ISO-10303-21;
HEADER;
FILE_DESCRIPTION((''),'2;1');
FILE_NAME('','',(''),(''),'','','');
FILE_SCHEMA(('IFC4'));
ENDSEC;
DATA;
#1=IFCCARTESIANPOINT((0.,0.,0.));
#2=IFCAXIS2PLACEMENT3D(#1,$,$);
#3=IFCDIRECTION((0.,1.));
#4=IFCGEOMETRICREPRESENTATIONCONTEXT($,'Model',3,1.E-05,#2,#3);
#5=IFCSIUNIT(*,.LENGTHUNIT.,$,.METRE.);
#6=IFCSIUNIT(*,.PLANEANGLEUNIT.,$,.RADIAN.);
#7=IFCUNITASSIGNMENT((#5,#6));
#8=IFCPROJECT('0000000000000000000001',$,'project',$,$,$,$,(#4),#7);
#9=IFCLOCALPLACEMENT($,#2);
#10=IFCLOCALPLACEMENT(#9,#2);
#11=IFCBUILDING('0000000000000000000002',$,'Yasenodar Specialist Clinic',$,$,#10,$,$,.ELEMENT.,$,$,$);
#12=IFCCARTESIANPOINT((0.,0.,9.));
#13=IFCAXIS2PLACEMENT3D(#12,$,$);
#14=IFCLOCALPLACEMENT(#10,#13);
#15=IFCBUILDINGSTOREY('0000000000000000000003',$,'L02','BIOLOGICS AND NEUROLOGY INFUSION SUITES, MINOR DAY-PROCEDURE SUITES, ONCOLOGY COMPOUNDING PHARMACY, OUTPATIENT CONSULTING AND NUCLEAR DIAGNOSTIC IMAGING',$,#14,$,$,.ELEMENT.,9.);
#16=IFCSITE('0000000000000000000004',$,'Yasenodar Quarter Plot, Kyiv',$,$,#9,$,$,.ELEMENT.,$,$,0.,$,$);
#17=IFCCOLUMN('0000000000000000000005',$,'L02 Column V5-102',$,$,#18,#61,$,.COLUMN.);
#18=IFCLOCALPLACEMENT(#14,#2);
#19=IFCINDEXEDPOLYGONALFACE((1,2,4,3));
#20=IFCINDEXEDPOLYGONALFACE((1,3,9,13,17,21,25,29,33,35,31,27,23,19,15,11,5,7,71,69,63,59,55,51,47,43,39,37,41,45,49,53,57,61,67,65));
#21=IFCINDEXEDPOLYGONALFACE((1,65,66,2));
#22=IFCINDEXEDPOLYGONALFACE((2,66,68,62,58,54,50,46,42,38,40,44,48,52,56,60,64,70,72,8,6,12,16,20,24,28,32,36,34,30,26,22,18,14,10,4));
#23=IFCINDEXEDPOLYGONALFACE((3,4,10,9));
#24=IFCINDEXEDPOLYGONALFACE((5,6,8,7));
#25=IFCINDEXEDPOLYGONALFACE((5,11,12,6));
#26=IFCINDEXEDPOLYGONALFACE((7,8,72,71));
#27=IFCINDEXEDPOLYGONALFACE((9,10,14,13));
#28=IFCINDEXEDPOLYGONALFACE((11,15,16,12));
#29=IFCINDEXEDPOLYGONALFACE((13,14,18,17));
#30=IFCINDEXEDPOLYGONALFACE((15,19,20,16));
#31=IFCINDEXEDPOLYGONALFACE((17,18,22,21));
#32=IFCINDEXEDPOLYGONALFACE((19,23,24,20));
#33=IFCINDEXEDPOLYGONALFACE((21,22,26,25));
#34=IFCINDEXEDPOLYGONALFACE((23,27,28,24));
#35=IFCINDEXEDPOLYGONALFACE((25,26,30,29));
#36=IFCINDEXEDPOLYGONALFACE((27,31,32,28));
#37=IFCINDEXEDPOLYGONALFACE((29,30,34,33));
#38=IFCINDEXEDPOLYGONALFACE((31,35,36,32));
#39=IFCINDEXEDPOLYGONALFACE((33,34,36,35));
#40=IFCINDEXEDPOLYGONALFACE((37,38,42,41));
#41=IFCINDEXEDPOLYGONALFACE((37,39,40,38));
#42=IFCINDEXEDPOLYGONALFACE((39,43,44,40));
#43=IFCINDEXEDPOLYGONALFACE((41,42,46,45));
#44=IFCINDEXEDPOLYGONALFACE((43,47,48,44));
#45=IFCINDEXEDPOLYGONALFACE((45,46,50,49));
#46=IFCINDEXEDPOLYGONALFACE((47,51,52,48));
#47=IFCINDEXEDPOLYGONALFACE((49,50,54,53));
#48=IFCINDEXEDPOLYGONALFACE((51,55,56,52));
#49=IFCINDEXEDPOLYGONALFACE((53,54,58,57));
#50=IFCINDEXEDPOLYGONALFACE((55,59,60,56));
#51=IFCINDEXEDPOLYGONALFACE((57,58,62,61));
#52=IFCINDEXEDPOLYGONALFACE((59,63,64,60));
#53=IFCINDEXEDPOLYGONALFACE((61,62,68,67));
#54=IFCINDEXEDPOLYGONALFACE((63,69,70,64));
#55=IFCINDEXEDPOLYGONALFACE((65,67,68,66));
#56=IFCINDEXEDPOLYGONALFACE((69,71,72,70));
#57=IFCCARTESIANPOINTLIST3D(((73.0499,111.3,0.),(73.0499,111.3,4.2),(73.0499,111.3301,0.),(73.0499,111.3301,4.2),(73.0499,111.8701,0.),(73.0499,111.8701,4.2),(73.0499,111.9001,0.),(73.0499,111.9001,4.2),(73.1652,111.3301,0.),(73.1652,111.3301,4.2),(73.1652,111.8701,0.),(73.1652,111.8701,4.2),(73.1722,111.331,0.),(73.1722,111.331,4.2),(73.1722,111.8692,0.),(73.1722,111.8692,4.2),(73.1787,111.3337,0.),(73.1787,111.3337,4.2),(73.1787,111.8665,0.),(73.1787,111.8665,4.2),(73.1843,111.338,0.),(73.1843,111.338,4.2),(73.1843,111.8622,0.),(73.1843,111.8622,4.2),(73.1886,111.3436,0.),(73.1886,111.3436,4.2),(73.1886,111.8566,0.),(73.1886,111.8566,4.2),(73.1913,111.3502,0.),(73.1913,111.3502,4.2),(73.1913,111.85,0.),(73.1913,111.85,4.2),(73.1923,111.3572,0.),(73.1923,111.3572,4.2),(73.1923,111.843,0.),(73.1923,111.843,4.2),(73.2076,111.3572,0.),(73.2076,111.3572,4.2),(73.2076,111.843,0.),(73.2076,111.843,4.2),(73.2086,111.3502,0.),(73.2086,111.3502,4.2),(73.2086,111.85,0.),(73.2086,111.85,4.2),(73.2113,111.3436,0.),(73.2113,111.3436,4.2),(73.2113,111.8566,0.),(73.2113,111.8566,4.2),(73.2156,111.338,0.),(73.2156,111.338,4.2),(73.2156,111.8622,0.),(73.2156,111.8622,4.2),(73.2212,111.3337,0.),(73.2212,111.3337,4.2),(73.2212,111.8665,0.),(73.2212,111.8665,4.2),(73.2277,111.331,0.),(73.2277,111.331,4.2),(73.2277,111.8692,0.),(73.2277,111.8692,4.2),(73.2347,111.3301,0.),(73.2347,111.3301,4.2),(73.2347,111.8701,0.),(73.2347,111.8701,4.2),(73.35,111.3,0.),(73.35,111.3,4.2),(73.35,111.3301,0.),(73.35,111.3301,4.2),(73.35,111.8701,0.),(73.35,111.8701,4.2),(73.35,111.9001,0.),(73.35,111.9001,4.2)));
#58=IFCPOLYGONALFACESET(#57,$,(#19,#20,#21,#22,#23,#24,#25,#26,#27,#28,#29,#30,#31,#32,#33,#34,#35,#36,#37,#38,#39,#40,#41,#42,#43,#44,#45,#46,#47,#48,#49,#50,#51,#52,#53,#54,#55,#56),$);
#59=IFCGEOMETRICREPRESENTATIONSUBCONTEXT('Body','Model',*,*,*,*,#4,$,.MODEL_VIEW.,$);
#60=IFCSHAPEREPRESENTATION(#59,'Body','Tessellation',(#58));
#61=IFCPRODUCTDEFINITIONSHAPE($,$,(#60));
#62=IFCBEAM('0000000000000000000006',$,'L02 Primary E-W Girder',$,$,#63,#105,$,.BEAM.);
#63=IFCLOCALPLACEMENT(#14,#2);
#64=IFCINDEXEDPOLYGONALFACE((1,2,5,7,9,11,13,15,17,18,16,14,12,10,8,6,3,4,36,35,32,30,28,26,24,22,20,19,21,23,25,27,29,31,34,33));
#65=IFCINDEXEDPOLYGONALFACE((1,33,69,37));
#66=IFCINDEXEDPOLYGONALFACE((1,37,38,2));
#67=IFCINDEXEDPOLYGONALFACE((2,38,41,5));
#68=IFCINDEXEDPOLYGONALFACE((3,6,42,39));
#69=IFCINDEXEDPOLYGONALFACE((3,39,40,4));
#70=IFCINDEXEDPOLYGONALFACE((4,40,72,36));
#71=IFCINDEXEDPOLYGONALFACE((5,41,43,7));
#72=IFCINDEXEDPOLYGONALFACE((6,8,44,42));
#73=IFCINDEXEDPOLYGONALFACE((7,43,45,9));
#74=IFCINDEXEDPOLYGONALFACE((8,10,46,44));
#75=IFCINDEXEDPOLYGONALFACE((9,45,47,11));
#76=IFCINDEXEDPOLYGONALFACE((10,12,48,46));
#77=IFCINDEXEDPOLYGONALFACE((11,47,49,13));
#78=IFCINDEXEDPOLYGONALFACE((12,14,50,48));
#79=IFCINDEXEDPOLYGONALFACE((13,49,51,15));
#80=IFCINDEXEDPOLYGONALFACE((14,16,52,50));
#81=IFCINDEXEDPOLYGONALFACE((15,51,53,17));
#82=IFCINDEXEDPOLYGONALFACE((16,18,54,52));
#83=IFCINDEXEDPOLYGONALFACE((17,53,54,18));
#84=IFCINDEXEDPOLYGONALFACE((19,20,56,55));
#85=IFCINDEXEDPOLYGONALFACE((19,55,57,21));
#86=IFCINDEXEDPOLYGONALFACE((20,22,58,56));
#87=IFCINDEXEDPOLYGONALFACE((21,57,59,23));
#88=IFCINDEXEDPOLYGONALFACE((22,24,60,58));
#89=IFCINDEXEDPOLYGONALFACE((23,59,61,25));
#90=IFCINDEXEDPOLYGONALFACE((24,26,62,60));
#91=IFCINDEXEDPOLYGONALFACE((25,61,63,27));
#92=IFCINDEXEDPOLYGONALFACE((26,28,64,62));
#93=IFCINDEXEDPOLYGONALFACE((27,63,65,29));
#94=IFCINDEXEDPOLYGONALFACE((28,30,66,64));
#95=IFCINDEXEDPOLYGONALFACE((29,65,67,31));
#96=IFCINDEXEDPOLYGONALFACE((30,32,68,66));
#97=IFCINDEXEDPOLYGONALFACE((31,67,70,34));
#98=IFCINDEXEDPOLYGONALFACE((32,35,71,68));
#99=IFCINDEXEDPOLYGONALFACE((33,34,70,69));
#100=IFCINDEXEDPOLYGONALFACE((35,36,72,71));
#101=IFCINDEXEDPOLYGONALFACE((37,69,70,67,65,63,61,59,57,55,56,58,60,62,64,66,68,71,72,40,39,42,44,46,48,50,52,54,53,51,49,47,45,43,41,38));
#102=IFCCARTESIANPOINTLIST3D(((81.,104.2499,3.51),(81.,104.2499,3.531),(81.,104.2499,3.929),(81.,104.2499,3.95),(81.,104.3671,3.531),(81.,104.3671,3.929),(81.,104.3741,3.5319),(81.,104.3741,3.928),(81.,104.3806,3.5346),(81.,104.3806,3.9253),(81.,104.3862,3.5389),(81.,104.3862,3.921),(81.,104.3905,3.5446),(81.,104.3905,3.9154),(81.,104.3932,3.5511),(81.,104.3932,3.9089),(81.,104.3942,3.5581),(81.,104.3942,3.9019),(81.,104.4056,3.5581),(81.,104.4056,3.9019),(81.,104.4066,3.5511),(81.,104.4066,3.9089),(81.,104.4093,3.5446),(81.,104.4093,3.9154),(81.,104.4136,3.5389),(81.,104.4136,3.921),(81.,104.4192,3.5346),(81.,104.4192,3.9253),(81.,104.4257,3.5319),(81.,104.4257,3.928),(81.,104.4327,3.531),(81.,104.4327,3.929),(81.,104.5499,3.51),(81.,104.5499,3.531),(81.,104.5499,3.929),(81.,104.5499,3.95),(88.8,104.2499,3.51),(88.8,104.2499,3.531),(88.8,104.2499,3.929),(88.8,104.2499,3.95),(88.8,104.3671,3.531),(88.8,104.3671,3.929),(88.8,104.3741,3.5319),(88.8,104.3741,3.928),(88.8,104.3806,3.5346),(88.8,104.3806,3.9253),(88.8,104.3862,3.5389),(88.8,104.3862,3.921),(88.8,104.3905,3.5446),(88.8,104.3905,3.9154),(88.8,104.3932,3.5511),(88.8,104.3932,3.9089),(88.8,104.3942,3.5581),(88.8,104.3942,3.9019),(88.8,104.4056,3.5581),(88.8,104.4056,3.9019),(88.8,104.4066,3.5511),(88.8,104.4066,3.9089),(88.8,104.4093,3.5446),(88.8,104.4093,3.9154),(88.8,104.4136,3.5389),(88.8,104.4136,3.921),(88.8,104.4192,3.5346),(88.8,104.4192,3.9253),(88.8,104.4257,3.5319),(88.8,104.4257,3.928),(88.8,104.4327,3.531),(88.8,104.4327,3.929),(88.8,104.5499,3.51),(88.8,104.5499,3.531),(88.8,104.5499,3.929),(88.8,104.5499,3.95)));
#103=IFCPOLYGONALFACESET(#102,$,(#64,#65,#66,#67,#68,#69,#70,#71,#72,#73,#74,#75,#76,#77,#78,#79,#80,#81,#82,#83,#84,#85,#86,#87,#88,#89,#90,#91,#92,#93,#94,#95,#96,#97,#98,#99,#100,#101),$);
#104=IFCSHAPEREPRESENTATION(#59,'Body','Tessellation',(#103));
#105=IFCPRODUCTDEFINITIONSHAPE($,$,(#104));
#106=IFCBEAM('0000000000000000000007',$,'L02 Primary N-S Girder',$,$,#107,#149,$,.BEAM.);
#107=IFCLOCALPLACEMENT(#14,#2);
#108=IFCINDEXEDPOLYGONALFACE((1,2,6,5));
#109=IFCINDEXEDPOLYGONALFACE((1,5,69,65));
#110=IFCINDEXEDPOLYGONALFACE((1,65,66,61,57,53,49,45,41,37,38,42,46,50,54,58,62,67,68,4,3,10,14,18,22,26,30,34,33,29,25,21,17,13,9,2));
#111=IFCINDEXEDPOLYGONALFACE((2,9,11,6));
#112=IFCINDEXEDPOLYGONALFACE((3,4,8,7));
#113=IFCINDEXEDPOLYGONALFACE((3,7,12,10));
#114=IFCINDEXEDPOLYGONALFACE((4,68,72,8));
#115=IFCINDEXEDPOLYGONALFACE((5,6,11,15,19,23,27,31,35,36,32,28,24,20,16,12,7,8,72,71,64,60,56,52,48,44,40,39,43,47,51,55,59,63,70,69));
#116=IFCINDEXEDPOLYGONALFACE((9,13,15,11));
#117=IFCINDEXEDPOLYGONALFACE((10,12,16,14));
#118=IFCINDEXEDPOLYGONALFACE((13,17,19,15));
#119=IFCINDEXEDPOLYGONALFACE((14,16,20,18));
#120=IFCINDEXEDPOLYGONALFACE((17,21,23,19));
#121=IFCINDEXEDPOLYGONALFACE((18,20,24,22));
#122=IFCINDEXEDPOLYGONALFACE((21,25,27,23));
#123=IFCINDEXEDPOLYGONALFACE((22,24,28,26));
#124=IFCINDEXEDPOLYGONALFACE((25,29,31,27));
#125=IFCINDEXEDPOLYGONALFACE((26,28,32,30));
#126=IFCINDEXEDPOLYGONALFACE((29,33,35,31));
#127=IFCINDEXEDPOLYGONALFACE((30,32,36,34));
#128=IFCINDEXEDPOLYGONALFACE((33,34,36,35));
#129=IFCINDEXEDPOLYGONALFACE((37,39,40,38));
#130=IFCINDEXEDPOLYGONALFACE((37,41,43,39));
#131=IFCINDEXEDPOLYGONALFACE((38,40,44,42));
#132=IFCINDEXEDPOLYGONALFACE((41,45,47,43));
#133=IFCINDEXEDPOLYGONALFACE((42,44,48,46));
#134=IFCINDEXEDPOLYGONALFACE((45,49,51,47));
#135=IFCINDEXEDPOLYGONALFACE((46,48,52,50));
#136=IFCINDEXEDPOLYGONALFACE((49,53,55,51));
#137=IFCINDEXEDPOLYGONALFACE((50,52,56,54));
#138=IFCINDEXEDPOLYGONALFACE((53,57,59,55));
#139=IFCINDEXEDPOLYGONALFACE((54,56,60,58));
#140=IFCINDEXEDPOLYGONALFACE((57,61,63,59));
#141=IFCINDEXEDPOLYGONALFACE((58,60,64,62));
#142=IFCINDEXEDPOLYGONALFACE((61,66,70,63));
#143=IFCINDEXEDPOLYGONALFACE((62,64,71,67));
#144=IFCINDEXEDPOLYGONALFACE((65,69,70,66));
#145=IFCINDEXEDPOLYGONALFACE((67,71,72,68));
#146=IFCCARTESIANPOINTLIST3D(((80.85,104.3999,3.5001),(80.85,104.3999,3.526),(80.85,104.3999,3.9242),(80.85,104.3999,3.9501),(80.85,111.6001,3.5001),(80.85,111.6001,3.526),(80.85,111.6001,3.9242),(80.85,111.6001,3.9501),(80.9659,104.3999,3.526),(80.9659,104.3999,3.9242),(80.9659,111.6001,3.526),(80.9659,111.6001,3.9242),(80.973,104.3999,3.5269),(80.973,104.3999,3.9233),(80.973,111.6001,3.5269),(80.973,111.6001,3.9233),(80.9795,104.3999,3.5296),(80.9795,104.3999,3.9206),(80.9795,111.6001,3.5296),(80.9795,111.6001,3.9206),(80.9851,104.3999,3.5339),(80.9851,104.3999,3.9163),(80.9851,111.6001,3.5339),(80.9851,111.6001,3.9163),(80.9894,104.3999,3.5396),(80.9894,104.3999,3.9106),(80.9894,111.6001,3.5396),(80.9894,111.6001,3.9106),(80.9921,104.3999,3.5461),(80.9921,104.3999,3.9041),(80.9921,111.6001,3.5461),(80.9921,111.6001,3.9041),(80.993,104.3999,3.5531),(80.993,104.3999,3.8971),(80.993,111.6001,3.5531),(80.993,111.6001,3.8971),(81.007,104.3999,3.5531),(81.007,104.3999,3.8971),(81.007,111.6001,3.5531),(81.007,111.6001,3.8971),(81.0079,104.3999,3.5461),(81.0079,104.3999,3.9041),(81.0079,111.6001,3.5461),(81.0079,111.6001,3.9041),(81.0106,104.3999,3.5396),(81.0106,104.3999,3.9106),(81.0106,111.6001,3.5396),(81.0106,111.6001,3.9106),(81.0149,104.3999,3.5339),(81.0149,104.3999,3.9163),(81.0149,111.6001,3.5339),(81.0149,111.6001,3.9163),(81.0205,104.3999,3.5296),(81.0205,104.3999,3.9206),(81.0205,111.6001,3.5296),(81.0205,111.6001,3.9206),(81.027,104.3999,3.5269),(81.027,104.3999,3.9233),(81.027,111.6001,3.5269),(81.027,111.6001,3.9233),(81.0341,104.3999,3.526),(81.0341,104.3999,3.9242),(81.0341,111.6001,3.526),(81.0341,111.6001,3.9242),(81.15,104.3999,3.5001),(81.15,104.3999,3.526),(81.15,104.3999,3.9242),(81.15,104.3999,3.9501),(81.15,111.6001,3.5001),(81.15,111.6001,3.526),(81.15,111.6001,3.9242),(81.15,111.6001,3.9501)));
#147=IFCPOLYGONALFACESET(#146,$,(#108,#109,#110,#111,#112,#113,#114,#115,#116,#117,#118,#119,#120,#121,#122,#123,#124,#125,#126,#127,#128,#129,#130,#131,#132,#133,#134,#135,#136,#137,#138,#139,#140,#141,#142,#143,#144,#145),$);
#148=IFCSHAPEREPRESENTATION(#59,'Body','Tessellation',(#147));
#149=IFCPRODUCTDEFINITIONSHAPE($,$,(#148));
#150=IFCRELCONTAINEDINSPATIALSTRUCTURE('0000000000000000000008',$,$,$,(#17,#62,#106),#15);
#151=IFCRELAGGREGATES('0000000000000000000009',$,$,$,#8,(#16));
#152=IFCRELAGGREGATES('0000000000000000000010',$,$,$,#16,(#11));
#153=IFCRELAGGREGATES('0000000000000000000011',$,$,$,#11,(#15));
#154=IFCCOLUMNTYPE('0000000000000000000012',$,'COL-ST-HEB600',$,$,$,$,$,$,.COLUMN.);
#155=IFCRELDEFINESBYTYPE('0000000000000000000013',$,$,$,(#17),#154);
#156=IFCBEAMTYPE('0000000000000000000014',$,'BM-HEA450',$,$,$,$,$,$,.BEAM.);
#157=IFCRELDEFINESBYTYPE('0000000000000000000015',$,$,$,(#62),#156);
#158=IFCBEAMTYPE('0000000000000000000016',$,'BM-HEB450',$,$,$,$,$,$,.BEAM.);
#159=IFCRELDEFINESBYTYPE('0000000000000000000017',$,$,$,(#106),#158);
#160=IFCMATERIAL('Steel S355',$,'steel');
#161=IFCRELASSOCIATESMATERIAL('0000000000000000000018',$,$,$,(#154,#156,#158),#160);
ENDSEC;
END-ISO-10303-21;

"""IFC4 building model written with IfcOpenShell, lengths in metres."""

from ifc_helpers import new_model, si_unit, direction, frame, origin, origin_2d, place, context, subcontext, project, spatial, i_section, extrude, material, material_profile, profile_set, type_object, element, save


model = new_model("IFC4")

# Units and contexts
model_context = context("Model", 3, precision=1e-05, world=origin(), true_north=direction((0.0, 1.0)))
body_context = subcontext(model_context, "Body", "Model", "MODEL_VIEW")
ifc_project = project(units=[si_unit("LENGTHUNIT", "METRE"), si_unit("PLANEANGLEUNIT", "RADIAN")], contexts=[model_context])

# Site, building, storey
site_placement = place(None, origin())
site = spatial("IfcSite", under=ifc_project, at=site_placement, Name="Yasenodar Quarter Plot, Kyiv", CompositionType="ELEMENT", RefElevation=0.0)
building_placement = place(site_placement, origin())
building = spatial("IfcBuilding", under=site, at=building_placement, Name="Yasenodar Specialist Clinic", CompositionType="ELEMENT")
storey_placement = place(building_placement, frame((0.0, 0.0, 9.0)))
storey = spatial("IfcBuildingStorey", under=building, at=storey_placement, Name="L02", Description="BIOLOGICS AND NEUROLOGY INFUSION SUITES, MINOR DAY-PROCEDURE SUITES, ONCOLOGY COMPOUNDING PHARMACY, OUTPATIENT CONSULTING AND NUCLEAR DIAGNOSTIC IMAGING", CompositionType="ELEMENT", Elevation=9.0)

# Column
ifc_material_1 = material(Name="Steel S355", Category="steel")
ifc_material_profile_1 = material_profile(ifc_material_1, i_section(OverallWidth=0.3, OverallDepth=0.6001, WebThickness=0.0154, FlangeThickness=0.03, FilletRadius=0.0271, at=origin_2d()), Name="HEB 600")
ifc_profile_set_1 = profile_set([ifc_material_profile_1], Name="Steel S355")
column_type_1 = type_object("IfcColumnType", Name="COL-ST-HEB600", PredefinedType="COLUMN", material=ifc_profile_set_1)
column_1_placement = place(storey_placement, frame((73.2, 111.6001, 0.0), z_axis=(0.0, 0.0, 1.0), x_axis=(1.0, 0.0, 0.0)))
element("IfcColumn", 1, at=column_1_placement, inside=storey, type_object=column_type_1, Name="L02 Column V5-102", PredefinedType="COLUMN", context=body_context, shape_type="SweptSolid", body=[
    extrude(i_section(OverallWidth=0.3, OverallDepth=0.6001, WebThickness=0.0154, FlangeThickness=0.03, FilletRadius=0.0271, at=origin_2d()), origin(), (0.0, 0.0, 1.0), 4.2),
])

# Beams
ifc_material_profile_2 = material_profile(ifc_material_1, i_section(OverallWidth=0.3, OverallDepth=0.4399, WebThickness=0.0115, FlangeThickness=0.021, FilletRadius=0.0271, at=origin_2d()), Name="HEA 450")
ifc_profile_set_2 = profile_set([ifc_material_profile_2], Name="Steel S355")
beam_type_1 = type_object("IfcBeamType", Name="BM-HEA450", PredefinedType="BEAM", material=ifc_profile_set_2)
beam_1_placement = place(storey_placement, frame((81.0, 104.3999, 3.73), z_axis=(1.0, 0.0, 0.0), x_axis=(0.0, 1.0, 0.0)))
element("IfcBeam", 2, at=beam_1_placement, inside=storey, type_object=beam_type_1, Name="L02 Primary E-W Girder", PredefinedType="BEAM", context=body_context, shape_type="SweptSolid", body=[
    extrude(i_section(OverallWidth=0.3, OverallDepth=0.4399, WebThickness=0.0115, FlangeThickness=0.021, FilletRadius=0.0271, at=origin_2d()), origin(), (0.0, 0.0, 1.0), 7.8),
])
ifc_material_profile_3 = material_profile(ifc_material_1, i_section(OverallWidth=0.3, OverallDepth=0.45, WebThickness=0.0139, FlangeThickness=0.0259, FilletRadius=0.0271, at=origin_2d()), Name="HEB 450")
ifc_profile_set_3 = profile_set([ifc_material_profile_3], Name="Steel S355")
beam_type_2 = type_object("IfcBeamType", Name="BM-HEB450", PredefinedType="BEAM", material=ifc_profile_set_3)
beam_2_placement = place(storey_placement, frame((81.0, 104.3999, 3.7251), z_axis=(0.0, 1.0, 0.0), x_axis=(-1.0, 0.0, 0.0)))
element("IfcBeam", 3, at=beam_2_placement, inside=storey, type_object=beam_type_2, Name="L02 Primary N-S Girder", PredefinedType="BEAM", context=body_context, shape_type="SweptSolid", body=[
    extrude(i_section(OverallWidth=0.3, OverallDepth=0.45, WebThickness=0.0139, FlangeThickness=0.0259, FilletRadius=0.0271, at=origin_2d()), origin(), (0.0, 0.0, 1.0), 7.2002),
])

save(model, "model.ifc")
